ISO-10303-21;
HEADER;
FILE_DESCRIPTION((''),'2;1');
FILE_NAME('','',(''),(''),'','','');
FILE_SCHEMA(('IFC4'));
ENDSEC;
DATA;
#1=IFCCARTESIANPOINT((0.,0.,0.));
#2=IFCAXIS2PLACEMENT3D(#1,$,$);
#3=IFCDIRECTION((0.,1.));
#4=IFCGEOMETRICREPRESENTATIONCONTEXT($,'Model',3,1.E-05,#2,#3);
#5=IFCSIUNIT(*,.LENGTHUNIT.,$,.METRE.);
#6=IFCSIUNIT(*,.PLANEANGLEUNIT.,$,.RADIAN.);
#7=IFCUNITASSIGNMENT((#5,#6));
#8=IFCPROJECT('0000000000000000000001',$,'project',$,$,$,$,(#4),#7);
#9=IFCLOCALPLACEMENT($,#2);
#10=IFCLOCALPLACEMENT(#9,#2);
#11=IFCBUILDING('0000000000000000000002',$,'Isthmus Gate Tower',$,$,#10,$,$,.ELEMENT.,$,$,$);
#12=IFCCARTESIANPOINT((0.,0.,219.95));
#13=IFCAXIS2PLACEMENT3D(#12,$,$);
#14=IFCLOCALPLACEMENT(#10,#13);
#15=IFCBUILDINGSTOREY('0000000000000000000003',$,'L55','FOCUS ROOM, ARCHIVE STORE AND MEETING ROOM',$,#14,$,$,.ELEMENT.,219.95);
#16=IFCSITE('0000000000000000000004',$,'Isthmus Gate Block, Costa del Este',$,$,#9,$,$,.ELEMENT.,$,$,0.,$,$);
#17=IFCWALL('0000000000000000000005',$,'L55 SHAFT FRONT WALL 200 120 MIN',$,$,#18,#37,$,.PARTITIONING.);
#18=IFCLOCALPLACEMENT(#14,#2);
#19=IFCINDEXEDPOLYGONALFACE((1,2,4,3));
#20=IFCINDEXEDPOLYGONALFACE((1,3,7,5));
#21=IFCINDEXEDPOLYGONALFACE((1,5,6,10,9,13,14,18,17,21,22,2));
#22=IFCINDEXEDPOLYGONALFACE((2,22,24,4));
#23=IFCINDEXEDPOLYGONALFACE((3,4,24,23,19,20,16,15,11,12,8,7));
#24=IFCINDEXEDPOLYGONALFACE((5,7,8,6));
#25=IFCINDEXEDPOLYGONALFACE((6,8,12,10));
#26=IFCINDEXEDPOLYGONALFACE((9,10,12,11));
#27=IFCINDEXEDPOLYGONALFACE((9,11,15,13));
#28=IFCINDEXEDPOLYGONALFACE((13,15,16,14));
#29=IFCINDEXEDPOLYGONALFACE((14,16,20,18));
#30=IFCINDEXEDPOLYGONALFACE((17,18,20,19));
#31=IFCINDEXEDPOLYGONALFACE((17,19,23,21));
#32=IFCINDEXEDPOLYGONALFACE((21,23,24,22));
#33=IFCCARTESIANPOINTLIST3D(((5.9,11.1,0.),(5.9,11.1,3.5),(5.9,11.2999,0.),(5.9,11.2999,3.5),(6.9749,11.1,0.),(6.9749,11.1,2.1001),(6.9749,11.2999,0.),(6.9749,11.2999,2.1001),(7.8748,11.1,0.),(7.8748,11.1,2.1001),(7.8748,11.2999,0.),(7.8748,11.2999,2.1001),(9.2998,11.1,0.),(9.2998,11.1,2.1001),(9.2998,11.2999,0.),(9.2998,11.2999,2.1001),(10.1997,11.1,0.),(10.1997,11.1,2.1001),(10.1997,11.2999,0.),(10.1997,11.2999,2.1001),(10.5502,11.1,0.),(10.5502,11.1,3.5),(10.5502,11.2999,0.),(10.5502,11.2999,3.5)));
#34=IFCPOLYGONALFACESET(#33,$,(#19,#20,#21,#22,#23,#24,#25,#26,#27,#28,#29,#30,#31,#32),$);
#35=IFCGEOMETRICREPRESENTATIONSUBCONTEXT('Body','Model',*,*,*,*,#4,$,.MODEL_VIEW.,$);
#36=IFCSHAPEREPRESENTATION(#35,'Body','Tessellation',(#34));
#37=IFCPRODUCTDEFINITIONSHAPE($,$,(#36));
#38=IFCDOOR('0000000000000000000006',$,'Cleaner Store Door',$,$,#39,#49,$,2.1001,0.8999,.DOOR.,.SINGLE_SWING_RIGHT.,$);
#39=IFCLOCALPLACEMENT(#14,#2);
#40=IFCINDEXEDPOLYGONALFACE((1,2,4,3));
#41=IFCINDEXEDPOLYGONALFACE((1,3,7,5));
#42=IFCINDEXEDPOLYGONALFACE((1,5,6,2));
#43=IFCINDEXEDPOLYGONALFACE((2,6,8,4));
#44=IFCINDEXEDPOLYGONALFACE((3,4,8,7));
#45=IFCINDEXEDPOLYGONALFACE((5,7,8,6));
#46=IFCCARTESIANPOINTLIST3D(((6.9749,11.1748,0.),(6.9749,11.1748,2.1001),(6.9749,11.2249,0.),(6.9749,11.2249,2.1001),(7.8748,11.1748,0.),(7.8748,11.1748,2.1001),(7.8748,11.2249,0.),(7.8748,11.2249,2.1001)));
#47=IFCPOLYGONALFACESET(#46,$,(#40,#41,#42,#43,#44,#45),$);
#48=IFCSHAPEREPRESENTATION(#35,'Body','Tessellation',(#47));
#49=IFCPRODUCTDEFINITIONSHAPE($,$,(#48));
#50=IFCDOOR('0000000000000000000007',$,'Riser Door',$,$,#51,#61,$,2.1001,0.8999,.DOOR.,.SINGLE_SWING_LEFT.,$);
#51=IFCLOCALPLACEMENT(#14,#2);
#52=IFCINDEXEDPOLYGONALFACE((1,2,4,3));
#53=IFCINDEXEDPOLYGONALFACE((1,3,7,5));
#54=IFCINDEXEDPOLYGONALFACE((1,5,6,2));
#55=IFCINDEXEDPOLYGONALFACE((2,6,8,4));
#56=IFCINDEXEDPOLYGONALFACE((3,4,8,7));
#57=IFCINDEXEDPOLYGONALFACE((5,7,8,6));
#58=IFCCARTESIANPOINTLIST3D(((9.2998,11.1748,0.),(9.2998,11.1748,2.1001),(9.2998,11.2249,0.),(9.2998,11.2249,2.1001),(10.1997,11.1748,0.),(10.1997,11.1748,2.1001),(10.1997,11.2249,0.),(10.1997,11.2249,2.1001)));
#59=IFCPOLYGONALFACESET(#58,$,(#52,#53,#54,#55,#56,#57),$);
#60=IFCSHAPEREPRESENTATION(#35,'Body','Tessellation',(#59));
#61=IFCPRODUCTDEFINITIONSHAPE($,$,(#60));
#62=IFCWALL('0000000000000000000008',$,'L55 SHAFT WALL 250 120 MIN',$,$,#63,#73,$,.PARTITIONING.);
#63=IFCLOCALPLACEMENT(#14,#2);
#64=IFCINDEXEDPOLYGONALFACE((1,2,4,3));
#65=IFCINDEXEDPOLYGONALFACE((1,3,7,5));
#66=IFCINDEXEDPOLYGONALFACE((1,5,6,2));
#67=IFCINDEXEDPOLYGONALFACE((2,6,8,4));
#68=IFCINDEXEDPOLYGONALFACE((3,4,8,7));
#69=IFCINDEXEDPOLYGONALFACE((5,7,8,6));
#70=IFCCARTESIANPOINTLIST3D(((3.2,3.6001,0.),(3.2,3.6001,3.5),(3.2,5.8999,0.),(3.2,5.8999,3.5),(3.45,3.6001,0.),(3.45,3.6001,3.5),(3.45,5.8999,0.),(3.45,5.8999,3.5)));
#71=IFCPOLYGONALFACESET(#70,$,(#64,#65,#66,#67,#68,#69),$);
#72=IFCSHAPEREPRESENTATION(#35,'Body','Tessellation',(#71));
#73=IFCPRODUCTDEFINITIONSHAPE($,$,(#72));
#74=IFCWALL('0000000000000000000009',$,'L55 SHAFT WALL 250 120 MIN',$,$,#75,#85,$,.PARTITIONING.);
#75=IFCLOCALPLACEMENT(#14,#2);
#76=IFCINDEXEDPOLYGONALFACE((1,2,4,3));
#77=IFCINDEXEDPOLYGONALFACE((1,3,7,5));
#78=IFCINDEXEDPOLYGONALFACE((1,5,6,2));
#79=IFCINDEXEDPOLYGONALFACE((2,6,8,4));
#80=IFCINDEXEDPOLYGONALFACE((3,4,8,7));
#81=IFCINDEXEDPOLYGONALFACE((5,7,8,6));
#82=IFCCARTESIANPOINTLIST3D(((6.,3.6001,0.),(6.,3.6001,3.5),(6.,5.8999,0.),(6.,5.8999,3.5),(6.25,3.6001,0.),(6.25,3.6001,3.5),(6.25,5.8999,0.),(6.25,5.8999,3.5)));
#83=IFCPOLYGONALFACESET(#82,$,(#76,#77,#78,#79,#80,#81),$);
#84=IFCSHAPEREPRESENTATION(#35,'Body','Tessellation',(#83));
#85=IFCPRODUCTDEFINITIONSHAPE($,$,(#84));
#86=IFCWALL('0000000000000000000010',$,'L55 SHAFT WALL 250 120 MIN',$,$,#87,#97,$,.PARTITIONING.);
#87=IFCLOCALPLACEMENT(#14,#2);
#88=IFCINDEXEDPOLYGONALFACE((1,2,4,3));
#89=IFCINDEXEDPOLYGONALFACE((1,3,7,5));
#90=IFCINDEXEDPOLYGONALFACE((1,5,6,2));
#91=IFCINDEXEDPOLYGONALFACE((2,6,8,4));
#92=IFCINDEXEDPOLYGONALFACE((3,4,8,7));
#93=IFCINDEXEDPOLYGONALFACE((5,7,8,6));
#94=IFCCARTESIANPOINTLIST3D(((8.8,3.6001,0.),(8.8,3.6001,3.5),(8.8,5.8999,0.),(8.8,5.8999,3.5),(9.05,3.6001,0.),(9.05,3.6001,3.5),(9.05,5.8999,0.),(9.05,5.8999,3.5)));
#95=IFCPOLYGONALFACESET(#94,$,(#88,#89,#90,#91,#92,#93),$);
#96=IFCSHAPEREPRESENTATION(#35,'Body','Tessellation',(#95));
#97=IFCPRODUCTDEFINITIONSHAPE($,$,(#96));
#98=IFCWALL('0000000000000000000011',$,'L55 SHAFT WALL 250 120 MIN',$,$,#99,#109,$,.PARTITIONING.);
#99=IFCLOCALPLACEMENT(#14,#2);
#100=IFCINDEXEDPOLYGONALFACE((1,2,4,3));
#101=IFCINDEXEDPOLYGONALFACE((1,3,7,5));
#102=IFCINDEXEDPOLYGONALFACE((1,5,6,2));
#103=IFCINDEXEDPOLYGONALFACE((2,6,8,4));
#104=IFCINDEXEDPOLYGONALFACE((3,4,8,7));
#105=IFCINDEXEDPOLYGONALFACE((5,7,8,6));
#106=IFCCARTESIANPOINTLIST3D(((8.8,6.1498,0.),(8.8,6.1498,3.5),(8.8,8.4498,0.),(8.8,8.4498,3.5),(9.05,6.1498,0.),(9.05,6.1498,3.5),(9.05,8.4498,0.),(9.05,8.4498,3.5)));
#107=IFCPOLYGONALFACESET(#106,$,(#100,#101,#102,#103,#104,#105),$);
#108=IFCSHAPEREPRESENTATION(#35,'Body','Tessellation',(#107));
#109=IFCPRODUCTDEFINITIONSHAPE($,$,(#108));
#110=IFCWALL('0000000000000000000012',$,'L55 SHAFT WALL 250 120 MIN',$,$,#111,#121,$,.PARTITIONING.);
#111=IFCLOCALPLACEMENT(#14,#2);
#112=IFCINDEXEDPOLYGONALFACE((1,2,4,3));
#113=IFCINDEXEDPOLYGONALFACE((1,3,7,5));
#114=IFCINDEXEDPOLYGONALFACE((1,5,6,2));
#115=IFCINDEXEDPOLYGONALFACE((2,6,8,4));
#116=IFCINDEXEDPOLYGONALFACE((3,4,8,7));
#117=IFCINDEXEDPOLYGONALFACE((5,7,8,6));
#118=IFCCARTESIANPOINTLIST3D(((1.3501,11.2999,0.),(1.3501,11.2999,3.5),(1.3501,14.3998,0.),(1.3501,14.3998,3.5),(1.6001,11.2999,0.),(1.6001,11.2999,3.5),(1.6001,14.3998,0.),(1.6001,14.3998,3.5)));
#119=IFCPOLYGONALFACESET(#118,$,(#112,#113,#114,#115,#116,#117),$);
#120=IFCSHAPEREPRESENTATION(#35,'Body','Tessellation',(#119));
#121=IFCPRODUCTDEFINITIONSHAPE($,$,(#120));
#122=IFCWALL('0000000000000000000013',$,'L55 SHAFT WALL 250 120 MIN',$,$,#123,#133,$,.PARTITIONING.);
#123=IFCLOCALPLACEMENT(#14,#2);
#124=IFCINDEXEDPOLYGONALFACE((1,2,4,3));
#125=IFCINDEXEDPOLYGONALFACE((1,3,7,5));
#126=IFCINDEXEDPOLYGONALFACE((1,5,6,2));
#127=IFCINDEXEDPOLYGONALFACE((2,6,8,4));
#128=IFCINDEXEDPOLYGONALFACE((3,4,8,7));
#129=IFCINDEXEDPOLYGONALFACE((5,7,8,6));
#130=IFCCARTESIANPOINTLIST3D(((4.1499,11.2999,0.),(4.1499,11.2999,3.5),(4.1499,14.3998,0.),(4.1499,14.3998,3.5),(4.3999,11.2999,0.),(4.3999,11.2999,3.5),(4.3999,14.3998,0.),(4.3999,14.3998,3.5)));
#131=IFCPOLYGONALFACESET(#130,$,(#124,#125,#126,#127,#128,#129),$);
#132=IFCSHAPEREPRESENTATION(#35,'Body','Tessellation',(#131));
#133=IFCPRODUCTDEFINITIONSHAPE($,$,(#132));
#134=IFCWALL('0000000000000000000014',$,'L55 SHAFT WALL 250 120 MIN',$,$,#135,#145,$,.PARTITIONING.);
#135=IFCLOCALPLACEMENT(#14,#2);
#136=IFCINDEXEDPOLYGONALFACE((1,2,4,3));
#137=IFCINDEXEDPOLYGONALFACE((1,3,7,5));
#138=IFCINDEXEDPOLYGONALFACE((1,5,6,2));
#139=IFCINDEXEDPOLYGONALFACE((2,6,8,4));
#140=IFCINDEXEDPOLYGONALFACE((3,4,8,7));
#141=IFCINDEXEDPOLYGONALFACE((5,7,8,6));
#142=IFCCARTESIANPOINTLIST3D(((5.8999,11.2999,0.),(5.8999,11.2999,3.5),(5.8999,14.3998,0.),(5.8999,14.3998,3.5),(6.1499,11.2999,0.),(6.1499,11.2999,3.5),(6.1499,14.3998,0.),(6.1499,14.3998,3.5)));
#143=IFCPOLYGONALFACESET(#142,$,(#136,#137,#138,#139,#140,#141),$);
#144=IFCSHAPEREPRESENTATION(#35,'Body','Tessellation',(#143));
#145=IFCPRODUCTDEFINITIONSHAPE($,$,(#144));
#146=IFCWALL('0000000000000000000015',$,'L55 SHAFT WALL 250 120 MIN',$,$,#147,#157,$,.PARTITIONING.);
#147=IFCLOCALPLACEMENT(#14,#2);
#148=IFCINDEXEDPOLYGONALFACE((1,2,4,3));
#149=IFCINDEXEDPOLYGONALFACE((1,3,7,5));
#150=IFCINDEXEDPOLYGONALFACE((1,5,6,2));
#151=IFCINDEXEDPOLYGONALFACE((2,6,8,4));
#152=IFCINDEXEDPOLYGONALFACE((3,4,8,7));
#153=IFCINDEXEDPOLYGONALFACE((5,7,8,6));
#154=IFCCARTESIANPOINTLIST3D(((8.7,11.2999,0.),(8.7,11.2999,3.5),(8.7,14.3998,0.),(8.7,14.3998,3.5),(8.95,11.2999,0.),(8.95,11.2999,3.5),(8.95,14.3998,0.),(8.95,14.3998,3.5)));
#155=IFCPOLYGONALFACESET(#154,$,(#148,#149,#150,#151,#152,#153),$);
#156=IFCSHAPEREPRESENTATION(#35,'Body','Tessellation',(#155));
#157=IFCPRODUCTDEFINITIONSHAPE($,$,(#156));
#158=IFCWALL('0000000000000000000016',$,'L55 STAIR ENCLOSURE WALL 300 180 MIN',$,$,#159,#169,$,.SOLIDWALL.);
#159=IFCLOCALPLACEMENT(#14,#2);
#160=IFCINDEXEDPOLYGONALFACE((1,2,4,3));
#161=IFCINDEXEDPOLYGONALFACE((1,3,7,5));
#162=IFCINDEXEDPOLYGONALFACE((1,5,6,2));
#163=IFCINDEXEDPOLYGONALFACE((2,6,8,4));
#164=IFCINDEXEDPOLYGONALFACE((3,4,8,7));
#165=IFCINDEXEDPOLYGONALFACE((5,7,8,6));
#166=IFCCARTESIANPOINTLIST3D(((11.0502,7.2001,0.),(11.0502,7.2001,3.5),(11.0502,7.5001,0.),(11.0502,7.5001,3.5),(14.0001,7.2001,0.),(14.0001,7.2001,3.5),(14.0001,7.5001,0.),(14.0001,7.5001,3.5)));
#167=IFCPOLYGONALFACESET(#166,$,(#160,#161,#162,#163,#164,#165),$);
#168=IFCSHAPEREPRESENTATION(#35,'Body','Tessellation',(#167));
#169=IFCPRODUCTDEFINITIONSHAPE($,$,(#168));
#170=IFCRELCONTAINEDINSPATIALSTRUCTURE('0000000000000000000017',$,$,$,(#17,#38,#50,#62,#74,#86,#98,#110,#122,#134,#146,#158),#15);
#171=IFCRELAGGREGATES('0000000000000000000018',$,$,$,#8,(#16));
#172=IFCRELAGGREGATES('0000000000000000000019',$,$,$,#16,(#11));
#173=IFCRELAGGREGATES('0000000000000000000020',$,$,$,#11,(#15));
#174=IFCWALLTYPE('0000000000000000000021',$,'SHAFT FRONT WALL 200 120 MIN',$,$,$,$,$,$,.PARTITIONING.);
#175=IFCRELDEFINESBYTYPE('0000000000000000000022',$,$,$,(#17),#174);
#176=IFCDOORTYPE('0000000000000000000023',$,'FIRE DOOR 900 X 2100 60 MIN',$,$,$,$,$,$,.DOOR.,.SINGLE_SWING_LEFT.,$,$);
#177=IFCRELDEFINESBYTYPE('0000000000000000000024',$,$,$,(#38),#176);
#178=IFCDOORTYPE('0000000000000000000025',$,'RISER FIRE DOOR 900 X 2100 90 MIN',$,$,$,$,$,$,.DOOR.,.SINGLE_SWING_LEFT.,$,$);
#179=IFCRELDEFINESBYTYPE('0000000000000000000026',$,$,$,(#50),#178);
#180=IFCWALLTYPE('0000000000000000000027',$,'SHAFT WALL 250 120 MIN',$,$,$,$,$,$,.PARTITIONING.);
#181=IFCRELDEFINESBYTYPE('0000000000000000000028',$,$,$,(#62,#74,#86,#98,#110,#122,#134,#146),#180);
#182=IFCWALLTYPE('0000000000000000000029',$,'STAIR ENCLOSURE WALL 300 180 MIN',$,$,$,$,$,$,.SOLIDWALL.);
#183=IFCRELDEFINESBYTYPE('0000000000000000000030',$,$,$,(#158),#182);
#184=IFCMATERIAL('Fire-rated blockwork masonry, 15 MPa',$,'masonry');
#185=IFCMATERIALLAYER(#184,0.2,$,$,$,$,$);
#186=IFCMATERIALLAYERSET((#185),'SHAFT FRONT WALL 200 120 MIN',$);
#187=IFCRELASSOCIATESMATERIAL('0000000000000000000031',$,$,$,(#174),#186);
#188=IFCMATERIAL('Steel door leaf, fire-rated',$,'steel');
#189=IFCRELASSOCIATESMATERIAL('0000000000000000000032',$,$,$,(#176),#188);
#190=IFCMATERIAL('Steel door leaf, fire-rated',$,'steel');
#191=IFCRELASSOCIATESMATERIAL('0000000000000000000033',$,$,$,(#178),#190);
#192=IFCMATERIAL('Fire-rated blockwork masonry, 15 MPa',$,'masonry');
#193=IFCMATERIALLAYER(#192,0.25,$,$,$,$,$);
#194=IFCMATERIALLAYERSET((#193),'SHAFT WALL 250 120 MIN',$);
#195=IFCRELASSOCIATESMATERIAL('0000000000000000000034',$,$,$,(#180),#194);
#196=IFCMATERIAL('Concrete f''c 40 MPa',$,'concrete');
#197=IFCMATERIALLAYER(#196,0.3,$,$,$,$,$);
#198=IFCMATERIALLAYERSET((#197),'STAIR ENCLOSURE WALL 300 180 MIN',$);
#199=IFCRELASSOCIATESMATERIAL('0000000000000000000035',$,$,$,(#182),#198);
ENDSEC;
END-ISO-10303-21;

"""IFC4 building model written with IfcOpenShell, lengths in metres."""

from ifc_helpers import new_model, si_unit, direction, frame, frame_2d, origin, place, context, subcontext, project, spatial, rectangle, extrude, material, layer, layer_set, type_object, element, fill, save


model = new_model("IFC4")

# Units and contexts
model_context = context("Model", 3, precision=1e-05, world=origin(), true_north=direction((0.0, 1.0)))
body_context = subcontext(model_context, "Body", "Model", "MODEL_VIEW")
ifc_project = project(units=[si_unit("LENGTHUNIT", "METRE"), si_unit("PLANEANGLEUNIT", "RADIAN")], contexts=[model_context])

# Site, building, storey
site_placement = place(None, origin())
site = spatial("IfcSite", under=ifc_project, at=site_placement, Name="Isthmus Gate Block, Costa del Este", CompositionType="ELEMENT", RefElevation=0.0)
building_placement = place(site_placement, origin())
building = spatial("IfcBuilding", under=site, at=building_placement, Name="Isthmus Gate Tower", CompositionType="ELEMENT")
storey_placement = place(building_placement, frame((0.0, 0.0, 219.95)))
storey = spatial("IfcBuildingStorey", under=building, at=storey_placement, Name="L55", Description="FOCUS ROOM, ARCHIVE STORE AND MEETING ROOM", CompositionType="ELEMENT", Elevation=219.95)

# Wall, openings, doors
ifc_material_1 = material(Name="Fire-rated blockwork masonry, 15 MPa", Category="masonry")
ifc_layer_1 = layer(ifc_material_1, 0.2)
ifc_layer_set_1 = layer_set([ifc_layer_1], Name="SHAFT FRONT WALL 200 120 MIN")
wall_type_1 = type_object("IfcWallType", Name="SHAFT FRONT WALL 200 120 MIN", PredefinedType="PARTITIONING", material=ifc_layer_set_1)
wall_1_placement = place(storey_placement, frame((5.8999, 11.2, 0.0), z_axis=(0.0, 0.0, 1.0), x_axis=(1.0, 0.0, 0.0)))
wall_1 = element("IfcWall", 1, at=wall_1_placement, inside=storey, type_object=wall_type_1, Name="L55 SHAFT FRONT WALL 200 120 MIN", PredefinedType="PARTITIONING", context=body_context, shape_type="SweptSolid", body=[
    extrude(rectangle(XDim=4.6501, YDim=0.2, at=frame_2d((2.3252, 0.0))), origin(), (0.0, 0.0, 1.0), 3.5),
])
opening_1_placement = place(wall_1_placement, frame((1.075, 0.0, 0.0)))
opening_1 = element("IfcOpeningElement", 2, at=opening_1_placement, cuts=wall_1, PredefinedType="OPENING", context=body_context, shape_type="SweptSolid", body=[
    extrude(rectangle(XDim=0.8999, YDim=2.1001, at=frame_2d((0.45, 1.05))), frame((0.0, 0.1099, 0.0), z_axis=(0.0, -1.0, 0.0), x_axis=(1.0, 0.0, 0.0)), (0.0, 0.0, 1.0), 0.22),
])
opening_2_placement = place(wall_1_placement, frame((3.3999, 0.0, 0.0)))
opening_2 = element("IfcOpeningElement", 3, at=opening_2_placement, cuts=wall_1, PredefinedType="OPENING", context=body_context, shape_type="SweptSolid", body=[
    extrude(rectangle(XDim=0.8999, YDim=2.1001, at=frame_2d((0.45, 1.05))), frame((0.0, 0.1099, 0.0), z_axis=(0.0, -1.0, 0.0), x_axis=(1.0, 0.0, 0.0)), (0.0, 0.0, 1.0), 0.22),
])
ifc_material_2 = material(Name="Steel door leaf, fire-rated", Category="steel")
door_type_1 = type_object("IfcDoorType", Name="FIRE DOOR 900 X 2100 60 MIN", OperationType="SINGLE_SWING_LEFT", PredefinedType="DOOR", material=ifc_material_2)
door_1_placement = place(opening_1_placement, origin())
door_1 = element("IfcDoor", 4, at=door_1_placement, inside=storey, type_object=door_type_1, Name="Cleaner Store Door", OperationType="SINGLE_SWING_RIGHT", OverallHeight=2.1001, OverallWidth=0.8999, PredefinedType="DOOR", context=body_context, shape_type="SweptSolid", body=[
    extrude(rectangle(XDim=0.8999, YDim=2.1001, at=frame_2d((0.45, 1.05))), frame((0.0, 0.0249, 0.0), z_axis=(0.0, -1.0, 0.0), x_axis=(1.0, 0.0, 0.0)), (0.0, 0.0, 1.0), 0.05),
])
fill(opening_1, door_1)
ifc_material_3 = material(Name="Steel door leaf, fire-rated", Category="steel")
door_type_2 = type_object("IfcDoorType", Name="RISER FIRE DOOR 900 X 2100 90 MIN", OperationType="SINGLE_SWING_LEFT", PredefinedType="DOOR", material=ifc_material_3)
door_2_placement = place(opening_2_placement, origin())
door_2 = element("IfcDoor", 5, at=door_2_placement, inside=storey, type_object=door_type_2, Name="Riser Door", OperationType="SINGLE_SWING_LEFT", OverallHeight=2.1001, OverallWidth=0.8999, PredefinedType="DOOR", context=body_context, shape_type="SweptSolid", body=[
    extrude(rectangle(XDim=0.8999, YDim=2.1001, at=frame_2d((0.45, 1.05))), frame((0.0, 0.0249, 0.0), z_axis=(0.0, -1.0, 0.0), x_axis=(1.0, 0.0, 0.0)), (0.0, 0.0, 1.0), 0.05),
])
fill(opening_2, door_2)

# Walls
ifc_material_4 = material(Name="Fire-rated blockwork masonry, 15 MPa", Category="masonry")
ifc_layer_2 = layer(ifc_material_4, 0.25)
ifc_layer_set_2 = layer_set([ifc_layer_2], Name="SHAFT WALL 250 120 MIN")
wall_type_2 = type_object("IfcWallType", Name="SHAFT WALL 250 120 MIN", PredefinedType="PARTITIONING", material=ifc_layer_set_2)
for number, where, z_axis, x_axis, name in (
    (6, (3.325, 3.6001, 0.0), (0.0, 0.0, 1.0), (0.0, 1.0, 0.0), "L55 SHAFT WALL 250 120 MIN"),
    (7, (6.125, 3.6001, 0.0), (0.0, 0.0, 1.0), (0.0, 1.0, 0.0), "L55 SHAFT WALL 250 120 MIN"),
    (8, (8.925, 3.6001, 0.0), (0.0, 0.0, 1.0), (0.0, 1.0, 0.0), "L55 SHAFT WALL 250 120 MIN"),
):
    element("IfcWall", number, at=place(storey_placement, frame(where, z_axis=z_axis, x_axis=x_axis)), inside=storey, type_object=wall_type_2, Name=name, PredefinedType="PARTITIONING", context=body_context, shape_type="SweptSolid", body=[
        extrude(rectangle(XDim=2.2998, YDim=0.25, at=frame_2d((1.1499, 0.0))), origin(), (0.0, 0.0, 1.0), 3.5),
    ])
wall_2_placement = place(storey_placement, frame((8.925, 6.1499, 0.0), z_axis=(0.0, 0.0, 1.0), x_axis=(0.0, 1.0, 0.0)))
element("IfcWall", 9, at=wall_2_placement, inside=storey, type_object=wall_type_2, Name="L55 SHAFT WALL 250 120 MIN", PredefinedType="PARTITIONING", context=body_context, shape_type="SweptSolid", body=[
    extrude(rectangle(XDim=2.3, YDim=0.25, at=frame_2d((1.1499, 0.0))), origin(), (0.0, 0.0, 1.0), 3.5),
])
for number, where, z_axis, x_axis, name in (
    (10, (1.4751, 11.3, 0.0), (0.0, 0.0, 1.0), (0.0, 1.0, 0.0), "L55 SHAFT WALL 250 120 MIN"),
    (11, (4.2749, 11.3, 0.0), (0.0, 0.0, 1.0), (0.0, 1.0, 0.0), "L55 SHAFT WALL 250 120 MIN"),
    (12, (6.0249, 11.3, 0.0), (0.0, 0.0, 1.0), (0.0, 1.0, 0.0), "L55 SHAFT WALL 250 120 MIN"),
    (13, (8.825, 11.3, 0.0), (0.0, 0.0, 1.0), (0.0, 1.0, 0.0), "L55 SHAFT WALL 250 120 MIN"),
):
    element("IfcWall", number, at=place(storey_placement, frame(where, z_axis=z_axis, x_axis=x_axis)), inside=storey, type_object=wall_type_2, Name=name, PredefinedType="PARTITIONING", context=body_context, shape_type="SweptSolid", body=[
        extrude(rectangle(XDim=3.0999, YDim=0.25, at=frame_2d((1.5498, 0.0))), origin(), (0.0, 0.0, 1.0), 3.5),
    ])
ifc_material_5 = material(Name="Concrete f'c 40 MPa", Category="concrete")
ifc_layer_3 = layer(ifc_material_5, 0.3)
ifc_layer_set_3 = layer_set([ifc_layer_3], Name="STAIR ENCLOSURE WALL 300 180 MIN")
wall_type_3 = type_object("IfcWallType", Name="STAIR ENCLOSURE WALL 300 180 MIN", PredefinedType="SOLIDWALL", material=ifc_layer_set_3)
wall_3_placement = place(storey_placement, frame((11.05, 7.3501, 0.0), z_axis=(0.0, 0.0, 1.0), x_axis=(1.0, 0.0, 0.0)))
element("IfcWall", 14, at=wall_3_placement, inside=storey, type_object=wall_type_3, Name="L55 STAIR ENCLOSURE WALL 300 180 MIN", PredefinedType="SOLIDWALL", context=body_context, shape_type="SweptSolid", body=[
    extrude(rectangle(XDim=2.95, YDim=0.3, at=frame_2d((1.4751, 0.0))), origin(), (0.0, 0.0, 1.0), 3.5),
])

save(model, "model.ifc")
